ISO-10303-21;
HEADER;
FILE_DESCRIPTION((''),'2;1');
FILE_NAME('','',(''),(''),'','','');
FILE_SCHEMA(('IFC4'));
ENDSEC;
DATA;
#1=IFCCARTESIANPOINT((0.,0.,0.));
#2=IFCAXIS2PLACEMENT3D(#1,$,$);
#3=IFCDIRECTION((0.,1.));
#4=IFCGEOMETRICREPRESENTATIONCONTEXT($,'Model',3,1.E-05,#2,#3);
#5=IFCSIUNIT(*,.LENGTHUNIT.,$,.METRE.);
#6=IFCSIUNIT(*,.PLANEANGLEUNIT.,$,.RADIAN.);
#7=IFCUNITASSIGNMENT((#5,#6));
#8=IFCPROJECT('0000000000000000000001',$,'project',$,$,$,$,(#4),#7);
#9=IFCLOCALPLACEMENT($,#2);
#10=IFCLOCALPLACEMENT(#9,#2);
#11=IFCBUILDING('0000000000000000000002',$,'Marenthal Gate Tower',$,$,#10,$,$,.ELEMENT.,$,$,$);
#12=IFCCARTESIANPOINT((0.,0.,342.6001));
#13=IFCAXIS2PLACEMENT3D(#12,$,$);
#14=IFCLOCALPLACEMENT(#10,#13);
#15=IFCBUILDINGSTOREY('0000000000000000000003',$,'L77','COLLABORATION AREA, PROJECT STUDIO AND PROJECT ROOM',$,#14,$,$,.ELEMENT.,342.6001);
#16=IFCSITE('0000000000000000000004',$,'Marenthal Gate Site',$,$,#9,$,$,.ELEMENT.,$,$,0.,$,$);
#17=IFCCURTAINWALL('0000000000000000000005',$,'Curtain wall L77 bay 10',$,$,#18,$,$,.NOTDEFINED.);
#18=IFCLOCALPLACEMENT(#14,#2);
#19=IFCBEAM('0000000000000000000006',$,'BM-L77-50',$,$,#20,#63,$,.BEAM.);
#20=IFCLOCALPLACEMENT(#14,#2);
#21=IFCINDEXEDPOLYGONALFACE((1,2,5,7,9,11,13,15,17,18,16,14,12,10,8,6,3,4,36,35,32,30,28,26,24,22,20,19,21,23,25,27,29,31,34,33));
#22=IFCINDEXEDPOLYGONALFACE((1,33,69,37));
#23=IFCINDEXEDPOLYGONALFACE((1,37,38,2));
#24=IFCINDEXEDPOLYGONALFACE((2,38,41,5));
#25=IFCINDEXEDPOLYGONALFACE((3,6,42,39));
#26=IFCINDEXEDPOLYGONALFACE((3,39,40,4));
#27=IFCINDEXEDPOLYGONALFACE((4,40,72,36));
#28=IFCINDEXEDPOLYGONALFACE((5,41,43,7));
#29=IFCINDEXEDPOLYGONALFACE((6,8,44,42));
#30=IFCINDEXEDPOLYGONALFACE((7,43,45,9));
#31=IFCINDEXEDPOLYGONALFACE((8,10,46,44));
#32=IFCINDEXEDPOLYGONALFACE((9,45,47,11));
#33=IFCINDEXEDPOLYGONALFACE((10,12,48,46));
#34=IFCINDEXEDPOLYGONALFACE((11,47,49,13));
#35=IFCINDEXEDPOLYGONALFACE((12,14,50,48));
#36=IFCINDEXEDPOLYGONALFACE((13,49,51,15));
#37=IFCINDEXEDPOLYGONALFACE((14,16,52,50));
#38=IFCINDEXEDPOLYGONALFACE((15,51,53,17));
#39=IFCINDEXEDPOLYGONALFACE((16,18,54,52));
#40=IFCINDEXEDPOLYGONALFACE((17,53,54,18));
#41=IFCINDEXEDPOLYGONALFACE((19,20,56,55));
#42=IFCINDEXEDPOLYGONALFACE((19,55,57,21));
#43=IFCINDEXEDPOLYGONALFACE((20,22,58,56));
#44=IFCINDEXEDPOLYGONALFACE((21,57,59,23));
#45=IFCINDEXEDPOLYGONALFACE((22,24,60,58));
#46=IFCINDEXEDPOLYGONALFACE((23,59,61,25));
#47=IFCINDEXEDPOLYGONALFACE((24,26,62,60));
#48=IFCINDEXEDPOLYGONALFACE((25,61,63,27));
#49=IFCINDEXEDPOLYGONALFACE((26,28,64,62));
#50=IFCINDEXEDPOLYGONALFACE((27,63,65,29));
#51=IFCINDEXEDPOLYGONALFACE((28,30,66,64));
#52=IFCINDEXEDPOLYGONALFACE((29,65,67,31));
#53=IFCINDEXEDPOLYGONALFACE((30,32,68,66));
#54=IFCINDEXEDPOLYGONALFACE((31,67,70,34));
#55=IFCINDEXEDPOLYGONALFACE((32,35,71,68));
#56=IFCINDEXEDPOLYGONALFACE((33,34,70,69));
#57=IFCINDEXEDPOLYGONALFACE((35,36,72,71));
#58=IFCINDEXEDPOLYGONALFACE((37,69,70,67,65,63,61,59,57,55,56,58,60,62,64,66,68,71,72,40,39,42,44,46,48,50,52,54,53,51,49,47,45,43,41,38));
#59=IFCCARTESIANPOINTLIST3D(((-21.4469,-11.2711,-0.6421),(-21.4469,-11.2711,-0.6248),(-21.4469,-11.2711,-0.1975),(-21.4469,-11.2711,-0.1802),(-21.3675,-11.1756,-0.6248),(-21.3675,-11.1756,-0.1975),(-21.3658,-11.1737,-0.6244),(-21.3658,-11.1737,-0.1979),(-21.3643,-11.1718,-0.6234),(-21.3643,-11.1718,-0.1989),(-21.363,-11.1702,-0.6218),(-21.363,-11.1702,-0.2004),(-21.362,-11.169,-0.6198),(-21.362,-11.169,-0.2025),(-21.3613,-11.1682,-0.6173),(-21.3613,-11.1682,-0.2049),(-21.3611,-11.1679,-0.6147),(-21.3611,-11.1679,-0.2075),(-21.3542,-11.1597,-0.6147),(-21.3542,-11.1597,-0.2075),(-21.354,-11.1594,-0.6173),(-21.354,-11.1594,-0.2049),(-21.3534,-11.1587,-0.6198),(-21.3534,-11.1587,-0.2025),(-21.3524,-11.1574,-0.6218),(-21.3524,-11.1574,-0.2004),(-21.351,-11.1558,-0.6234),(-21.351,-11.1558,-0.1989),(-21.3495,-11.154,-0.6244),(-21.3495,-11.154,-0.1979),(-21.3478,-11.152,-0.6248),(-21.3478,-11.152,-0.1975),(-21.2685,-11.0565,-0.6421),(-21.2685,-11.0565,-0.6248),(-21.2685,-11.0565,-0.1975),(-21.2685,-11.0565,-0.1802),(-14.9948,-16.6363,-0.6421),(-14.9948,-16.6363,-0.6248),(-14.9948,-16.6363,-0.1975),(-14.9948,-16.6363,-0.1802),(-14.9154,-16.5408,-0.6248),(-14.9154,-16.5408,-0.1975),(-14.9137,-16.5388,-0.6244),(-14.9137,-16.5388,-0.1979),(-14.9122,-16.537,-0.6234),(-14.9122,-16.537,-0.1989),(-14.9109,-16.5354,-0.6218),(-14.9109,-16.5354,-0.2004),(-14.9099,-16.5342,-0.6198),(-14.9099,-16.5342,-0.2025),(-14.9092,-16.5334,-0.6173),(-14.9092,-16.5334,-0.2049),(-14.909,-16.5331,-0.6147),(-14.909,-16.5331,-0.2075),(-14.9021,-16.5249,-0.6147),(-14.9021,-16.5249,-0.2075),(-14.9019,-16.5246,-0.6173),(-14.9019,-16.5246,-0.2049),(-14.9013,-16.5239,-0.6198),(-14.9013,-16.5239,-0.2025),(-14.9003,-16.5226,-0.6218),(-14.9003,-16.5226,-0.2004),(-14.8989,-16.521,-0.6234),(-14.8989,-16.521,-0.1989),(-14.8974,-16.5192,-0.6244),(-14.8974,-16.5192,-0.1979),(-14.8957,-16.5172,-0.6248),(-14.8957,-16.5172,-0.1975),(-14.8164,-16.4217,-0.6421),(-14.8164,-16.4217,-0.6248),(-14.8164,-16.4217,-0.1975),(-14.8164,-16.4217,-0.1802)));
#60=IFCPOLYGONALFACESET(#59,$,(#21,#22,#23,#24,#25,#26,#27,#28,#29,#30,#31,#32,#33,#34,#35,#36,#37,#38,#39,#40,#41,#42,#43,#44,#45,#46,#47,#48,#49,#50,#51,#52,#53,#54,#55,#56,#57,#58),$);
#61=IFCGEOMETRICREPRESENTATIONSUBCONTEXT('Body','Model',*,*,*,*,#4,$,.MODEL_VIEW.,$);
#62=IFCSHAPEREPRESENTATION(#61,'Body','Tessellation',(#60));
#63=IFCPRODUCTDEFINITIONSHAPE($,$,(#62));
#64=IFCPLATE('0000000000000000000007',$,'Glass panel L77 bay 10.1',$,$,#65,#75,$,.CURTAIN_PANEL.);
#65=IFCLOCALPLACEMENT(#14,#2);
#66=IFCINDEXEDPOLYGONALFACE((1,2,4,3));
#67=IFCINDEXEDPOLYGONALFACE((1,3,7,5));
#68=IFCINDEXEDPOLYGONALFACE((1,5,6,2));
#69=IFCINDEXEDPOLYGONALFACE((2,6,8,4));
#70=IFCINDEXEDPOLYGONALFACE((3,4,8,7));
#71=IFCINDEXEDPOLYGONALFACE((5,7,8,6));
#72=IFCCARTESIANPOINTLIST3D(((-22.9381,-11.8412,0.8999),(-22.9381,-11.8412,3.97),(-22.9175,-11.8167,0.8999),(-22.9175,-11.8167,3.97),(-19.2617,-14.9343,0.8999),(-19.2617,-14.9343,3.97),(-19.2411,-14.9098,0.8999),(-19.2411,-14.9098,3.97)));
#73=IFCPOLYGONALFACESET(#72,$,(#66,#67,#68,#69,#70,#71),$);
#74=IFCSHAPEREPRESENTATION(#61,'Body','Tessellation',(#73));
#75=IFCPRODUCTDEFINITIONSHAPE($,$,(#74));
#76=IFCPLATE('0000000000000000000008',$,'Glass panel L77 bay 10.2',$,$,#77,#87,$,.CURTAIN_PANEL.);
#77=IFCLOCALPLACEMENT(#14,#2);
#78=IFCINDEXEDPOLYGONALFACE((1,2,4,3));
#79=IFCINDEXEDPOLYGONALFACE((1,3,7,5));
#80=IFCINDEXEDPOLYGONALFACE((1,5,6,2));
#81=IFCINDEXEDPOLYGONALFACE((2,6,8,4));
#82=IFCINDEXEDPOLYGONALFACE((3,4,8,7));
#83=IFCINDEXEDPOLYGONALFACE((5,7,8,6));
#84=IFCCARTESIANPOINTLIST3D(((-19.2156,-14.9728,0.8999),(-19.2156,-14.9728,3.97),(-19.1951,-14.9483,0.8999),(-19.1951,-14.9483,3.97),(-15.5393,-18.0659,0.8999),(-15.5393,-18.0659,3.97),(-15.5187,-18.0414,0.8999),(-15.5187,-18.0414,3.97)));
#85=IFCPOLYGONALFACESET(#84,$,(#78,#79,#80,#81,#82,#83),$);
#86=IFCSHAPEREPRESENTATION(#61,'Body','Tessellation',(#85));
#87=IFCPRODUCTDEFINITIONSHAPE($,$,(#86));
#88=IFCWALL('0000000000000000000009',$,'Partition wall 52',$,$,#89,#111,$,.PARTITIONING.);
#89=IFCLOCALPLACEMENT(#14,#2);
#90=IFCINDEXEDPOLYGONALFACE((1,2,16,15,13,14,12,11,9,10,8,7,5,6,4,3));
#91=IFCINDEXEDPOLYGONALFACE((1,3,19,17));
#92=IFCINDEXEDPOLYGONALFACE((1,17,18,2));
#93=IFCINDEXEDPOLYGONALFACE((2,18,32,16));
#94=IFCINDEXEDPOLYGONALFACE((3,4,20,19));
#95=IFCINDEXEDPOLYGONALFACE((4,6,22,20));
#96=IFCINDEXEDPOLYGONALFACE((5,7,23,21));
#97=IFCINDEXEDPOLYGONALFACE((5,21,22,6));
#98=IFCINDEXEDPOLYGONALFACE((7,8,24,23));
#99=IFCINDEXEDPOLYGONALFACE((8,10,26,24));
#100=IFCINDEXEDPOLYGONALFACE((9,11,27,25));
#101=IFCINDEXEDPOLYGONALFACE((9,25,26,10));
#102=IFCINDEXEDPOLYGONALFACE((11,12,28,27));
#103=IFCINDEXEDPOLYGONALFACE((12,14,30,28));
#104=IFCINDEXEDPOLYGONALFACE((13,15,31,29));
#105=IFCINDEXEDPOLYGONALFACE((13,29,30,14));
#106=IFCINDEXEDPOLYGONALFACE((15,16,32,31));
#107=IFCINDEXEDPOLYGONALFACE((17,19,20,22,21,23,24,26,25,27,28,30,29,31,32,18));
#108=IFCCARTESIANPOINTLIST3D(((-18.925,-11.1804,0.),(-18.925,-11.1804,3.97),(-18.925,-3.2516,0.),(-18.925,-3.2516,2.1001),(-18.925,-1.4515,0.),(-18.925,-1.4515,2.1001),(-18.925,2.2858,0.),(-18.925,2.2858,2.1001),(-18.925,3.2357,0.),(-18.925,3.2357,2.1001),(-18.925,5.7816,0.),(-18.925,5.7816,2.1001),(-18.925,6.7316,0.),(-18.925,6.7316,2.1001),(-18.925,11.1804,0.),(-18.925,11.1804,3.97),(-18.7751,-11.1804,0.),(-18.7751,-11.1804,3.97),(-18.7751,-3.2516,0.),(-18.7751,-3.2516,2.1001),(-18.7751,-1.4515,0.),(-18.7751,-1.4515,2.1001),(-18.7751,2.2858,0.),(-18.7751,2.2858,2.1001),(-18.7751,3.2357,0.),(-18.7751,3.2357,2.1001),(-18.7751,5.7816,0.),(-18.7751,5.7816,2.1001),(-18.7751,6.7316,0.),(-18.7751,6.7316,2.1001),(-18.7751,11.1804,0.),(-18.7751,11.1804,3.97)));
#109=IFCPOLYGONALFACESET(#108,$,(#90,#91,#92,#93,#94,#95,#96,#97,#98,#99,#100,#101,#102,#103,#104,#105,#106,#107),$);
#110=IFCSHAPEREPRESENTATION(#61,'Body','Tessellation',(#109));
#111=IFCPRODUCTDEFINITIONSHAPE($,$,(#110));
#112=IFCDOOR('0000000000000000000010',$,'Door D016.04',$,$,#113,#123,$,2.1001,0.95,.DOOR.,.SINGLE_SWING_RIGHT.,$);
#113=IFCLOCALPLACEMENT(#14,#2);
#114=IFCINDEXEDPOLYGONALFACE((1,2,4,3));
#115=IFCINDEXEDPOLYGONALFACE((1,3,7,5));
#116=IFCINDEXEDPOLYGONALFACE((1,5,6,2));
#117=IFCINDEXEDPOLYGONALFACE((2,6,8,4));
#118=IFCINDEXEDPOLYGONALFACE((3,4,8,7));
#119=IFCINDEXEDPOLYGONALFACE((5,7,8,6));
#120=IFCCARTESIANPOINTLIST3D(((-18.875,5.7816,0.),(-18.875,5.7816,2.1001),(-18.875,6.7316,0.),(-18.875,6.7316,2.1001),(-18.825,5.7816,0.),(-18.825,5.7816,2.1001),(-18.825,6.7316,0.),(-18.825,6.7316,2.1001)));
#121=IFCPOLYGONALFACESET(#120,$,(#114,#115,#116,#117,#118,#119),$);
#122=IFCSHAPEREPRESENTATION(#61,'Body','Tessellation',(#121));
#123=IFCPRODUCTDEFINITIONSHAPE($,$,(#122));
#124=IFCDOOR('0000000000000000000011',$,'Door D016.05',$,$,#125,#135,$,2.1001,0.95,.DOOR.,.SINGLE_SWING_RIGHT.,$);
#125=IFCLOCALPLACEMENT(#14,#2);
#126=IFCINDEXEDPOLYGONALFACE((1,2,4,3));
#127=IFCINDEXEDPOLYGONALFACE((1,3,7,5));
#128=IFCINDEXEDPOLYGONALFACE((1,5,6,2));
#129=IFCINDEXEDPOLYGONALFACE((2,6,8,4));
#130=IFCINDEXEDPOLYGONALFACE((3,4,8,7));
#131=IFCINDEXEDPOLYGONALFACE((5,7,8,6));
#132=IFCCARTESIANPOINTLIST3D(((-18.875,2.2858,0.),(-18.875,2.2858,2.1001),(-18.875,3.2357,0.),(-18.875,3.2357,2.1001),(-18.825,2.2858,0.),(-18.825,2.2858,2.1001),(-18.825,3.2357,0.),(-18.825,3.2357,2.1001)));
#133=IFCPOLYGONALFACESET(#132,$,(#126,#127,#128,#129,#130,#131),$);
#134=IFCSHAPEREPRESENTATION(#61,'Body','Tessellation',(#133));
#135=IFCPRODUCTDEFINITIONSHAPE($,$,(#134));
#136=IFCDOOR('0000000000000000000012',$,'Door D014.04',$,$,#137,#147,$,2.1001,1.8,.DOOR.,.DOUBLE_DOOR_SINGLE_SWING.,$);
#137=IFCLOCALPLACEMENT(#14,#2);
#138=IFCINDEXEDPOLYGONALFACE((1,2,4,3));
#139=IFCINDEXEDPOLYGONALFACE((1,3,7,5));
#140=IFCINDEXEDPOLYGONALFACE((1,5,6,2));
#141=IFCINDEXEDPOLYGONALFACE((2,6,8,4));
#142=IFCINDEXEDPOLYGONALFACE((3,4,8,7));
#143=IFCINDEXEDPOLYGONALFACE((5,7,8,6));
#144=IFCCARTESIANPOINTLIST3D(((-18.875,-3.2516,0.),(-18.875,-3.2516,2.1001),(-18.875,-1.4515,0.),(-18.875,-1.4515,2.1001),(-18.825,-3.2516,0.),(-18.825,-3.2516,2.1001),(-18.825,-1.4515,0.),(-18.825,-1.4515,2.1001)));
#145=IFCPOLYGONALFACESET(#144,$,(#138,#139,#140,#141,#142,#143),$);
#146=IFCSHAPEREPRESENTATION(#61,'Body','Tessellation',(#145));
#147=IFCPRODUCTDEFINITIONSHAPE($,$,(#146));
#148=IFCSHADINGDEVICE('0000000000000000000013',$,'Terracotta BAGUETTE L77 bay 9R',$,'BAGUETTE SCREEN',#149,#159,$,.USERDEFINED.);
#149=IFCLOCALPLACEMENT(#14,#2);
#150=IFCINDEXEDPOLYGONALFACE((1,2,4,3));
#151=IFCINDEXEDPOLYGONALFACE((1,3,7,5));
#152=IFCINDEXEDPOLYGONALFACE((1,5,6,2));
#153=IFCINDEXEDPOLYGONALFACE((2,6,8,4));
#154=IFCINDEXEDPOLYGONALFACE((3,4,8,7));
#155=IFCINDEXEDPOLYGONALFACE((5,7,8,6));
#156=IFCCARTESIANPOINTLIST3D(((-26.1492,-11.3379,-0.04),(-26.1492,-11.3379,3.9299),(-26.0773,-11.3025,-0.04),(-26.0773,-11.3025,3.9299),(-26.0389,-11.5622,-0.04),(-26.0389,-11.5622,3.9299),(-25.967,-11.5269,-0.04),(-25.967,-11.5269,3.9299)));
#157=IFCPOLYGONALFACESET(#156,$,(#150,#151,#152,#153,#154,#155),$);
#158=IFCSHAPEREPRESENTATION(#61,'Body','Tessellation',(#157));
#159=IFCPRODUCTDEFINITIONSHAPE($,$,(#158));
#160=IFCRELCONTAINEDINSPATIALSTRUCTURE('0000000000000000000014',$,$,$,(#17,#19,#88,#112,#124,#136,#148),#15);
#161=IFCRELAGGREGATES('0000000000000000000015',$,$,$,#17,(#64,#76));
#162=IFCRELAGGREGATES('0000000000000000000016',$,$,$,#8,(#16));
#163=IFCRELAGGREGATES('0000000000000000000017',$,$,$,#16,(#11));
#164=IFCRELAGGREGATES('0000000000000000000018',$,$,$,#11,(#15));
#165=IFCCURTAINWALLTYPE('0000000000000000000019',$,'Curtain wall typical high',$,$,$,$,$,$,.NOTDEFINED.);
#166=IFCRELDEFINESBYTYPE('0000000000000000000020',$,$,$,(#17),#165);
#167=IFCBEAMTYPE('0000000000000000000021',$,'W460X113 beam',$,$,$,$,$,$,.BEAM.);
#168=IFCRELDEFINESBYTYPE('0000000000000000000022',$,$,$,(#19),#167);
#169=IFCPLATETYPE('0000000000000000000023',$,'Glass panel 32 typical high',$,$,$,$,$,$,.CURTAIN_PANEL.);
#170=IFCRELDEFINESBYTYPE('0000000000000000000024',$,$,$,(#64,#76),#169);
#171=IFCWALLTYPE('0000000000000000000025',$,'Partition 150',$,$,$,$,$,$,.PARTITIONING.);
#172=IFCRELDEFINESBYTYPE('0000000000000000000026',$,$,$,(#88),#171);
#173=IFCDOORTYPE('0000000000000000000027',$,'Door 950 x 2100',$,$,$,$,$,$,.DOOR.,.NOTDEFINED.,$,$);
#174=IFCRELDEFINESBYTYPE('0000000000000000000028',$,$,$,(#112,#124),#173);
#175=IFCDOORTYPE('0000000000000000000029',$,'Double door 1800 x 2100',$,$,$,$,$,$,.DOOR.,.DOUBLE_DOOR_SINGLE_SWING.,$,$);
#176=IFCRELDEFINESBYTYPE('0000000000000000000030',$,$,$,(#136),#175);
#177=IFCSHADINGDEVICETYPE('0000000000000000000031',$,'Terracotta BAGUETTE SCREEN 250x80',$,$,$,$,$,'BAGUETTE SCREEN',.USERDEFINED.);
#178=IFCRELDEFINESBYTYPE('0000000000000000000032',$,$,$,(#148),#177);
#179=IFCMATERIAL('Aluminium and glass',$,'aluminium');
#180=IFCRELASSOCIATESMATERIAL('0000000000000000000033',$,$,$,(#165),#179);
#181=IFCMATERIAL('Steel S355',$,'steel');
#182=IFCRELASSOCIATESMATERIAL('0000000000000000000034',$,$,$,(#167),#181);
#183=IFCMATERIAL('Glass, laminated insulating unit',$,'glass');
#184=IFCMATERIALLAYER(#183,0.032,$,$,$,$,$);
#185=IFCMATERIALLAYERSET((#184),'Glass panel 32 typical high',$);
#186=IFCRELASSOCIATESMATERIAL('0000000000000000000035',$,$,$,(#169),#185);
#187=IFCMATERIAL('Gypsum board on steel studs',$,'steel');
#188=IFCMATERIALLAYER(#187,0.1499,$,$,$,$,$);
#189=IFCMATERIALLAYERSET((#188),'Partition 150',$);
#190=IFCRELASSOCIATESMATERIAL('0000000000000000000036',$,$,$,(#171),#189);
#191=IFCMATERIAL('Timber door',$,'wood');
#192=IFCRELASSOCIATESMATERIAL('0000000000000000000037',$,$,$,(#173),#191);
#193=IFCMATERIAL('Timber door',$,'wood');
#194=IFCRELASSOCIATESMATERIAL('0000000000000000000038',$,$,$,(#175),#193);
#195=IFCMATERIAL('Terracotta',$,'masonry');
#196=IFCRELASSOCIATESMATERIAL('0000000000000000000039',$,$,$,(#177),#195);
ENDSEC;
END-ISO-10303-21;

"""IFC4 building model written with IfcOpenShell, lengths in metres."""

from ifc_helpers import new_model, si_unit, direction, frame, frame_2d, origin, origin_2d, place, context, subcontext, project, spatial, rectangle, i_section, extrude, material, layer, layer_set, material_profile, profile_set, type_object, element, fill, aggregate, save


model = new_model("IFC4")

# Units and contexts
model_context = context("Model", 3, precision=1e-05, world=origin(), true_north=direction((0.0, 1.0)))
body_context = subcontext(model_context, "Body", "Model", "MODEL_VIEW")
ifc_project = project(units=[si_unit("LENGTHUNIT", "METRE"), si_unit("PLANEANGLEUNIT", "RADIAN")], contexts=[model_context])

# Site, building, storey
site_placement = place(None, origin())
site = spatial("IfcSite", under=ifc_project, at=site_placement, Name="Marenthal Gate Site", CompositionType="ELEMENT", RefElevation=0.0)
building_placement = place(site_placement, origin())
building = spatial("IfcBuilding", under=site, at=building_placement, Name="Marenthal Gate Tower", CompositionType="ELEMENT")
storey_placement = place(building_placement, frame((0.0, 0.0, 342.6001)))
storey = spatial("IfcBuildingStorey", under=building, at=storey_placement, Name="L77", Description="COLLABORATION AREA, PROJECT STUDIO AND PROJECT ROOM", CompositionType="ELEMENT", Elevation=342.6001)

# Curtain wall
ifc_material_1 = material(Name="Aluminium and glass", Category="aluminium")
curtain_wall_type = type_object("IfcCurtainWallType", Name="Curtain wall typical high", PredefinedType="NOTDEFINED", material=ifc_material_1)
curtain_wall_placement = place(storey_placement, origin())
curtain_wall = element("IfcCurtainWall", 1, at=curtain_wall_placement, inside=storey, type_object=curtain_wall_type, Name="Curtain wall L77 bay 10", PredefinedType="NOTDEFINED")

# Beam
ifc_material_2 = material(Name="Steel S355", Category="steel")
ifc_material_profile_1 = material_profile(ifc_material_2, i_section(OverallWidth=0.2791, OverallDepth=0.4619, WebThickness=0.0107, FlangeThickness=0.0173, FilletRadius=0.01, at=origin_2d()), Name="W460X113")
ifc_profile_set_1 = profile_set([ifc_material_profile_1], Name="Steel S355")
beam_type_1 = type_object("IfcBeamType", Name="W460X113 beam", PredefinedType="BEAM", material=ifc_profile_set_1)
beam_1_placement = place(storey_placement, frame((-21.3577, -11.1638, -0.4111), z_axis=(0.768898, -0.639371, 0.0), x_axis=(0.639371, 0.768898, 0.0)))
element("IfcBeam", 2, at=beam_1_placement, inside=storey, type_object=beam_type_1, Name="BM-L77-50", PredefinedType="BEAM", context=body_context, shape_type="SweptSolid", body=[
    extrude(i_section(OverallWidth=0.2791, OverallDepth=0.4619, WebThickness=0.0107, FlangeThickness=0.0173, FilletRadius=0.01, at=origin_2d()), origin(), (0.0, 0.0, 1.0), 8.3914),
])

# Plates
ifc_material_3 = material(Name="Glass, laminated insulating unit", Category="glass")
ifc_layer_1 = layer(ifc_material_3, 0.032)
ifc_layer_set_1 = layer_set([ifc_layer_1], Name="Glass panel 32 typical high")
plate_type = type_object("IfcPlateType", Name="Glass panel 32 typical high", PredefinedType="CURTAIN_PANEL", material=ifc_layer_set_1)
plate_1_placement = place(storey_placement, frame((-21.0896, -13.3755, 0.8999), z_axis=(0.0, 0.0, 1.0), x_axis=(0.765193, -0.643801, 0.0)))
plate_1 = element("IfcPlate", 3, at=plate_1_placement, type_object=plate_type, Name="Glass panel L77 bay 10.1", PredefinedType="CURTAIN_PANEL", context=body_context, shape_type="SweptSolid", body=[
    extrude(rectangle(XDim=4.8044, YDim=0.032, at=origin_2d()), origin(), (0.0, 0.0, 1.0), 3.0701),
])
plate_2_placement = place(storey_placement, frame((-17.3672, -16.5071, 0.8999), z_axis=(0.0, 0.0, 1.0), x_axis=(0.765193, -0.643801, 0.0)))
plate_2 = element("IfcPlate", 4, at=plate_2_placement, type_object=plate_type, Name="Glass panel L77 bay 10.2", PredefinedType="CURTAIN_PANEL", context=body_context, shape_type="SweptSolid", body=[
    extrude(rectangle(XDim=4.8044, YDim=0.032, at=origin_2d()), origin(), (0.0, 0.0, 1.0), 3.0701),
])
aggregate(curtain_wall, [plate_1, plate_2])

# Wall, openings, doors
ifc_material_4 = material(Name="Gypsum board on steel studs", Category="steel")
ifc_layer_2 = layer(ifc_material_4, 0.1499)
ifc_layer_set_2 = layer_set([ifc_layer_2], Name="Partition 150")
wall_type_1 = type_object("IfcWallType", Name="Partition 150", PredefinedType="PARTITIONING", material=ifc_layer_set_2)
wall_1_placement = place(storey_placement, frame((-18.8501, -11.1804, 0.0), z_axis=(0.0, 0.0, 1.0), x_axis=(0.0, 1.0, 0.0)))
wall_1 = element("IfcWall", 5, at=wall_1_placement, inside=storey, type_object=wall_type_1, Name="Partition wall 52", PredefinedType="PARTITIONING", context=body_context, shape_type="SweptSolid", body=[
    extrude(rectangle(XDim=22.3608, YDim=0.1499, at=frame_2d((11.1804, 0.0))), origin(), (0.0, 0.0, 1.0), 3.97),
])
opening_1_placement = place(wall_1_placement, frame((16.9619, 0.0, 0.0)))
opening_1 = element("IfcOpeningElement", 6, at=opening_1_placement, cuts=wall_1, PredefinedType="OPENING", context=body_context, shape_type="SweptSolid", body=[
    extrude(rectangle(XDim=0.95, YDim=2.1001, at=frame_2d((0.4751, 1.05))), frame((0.0, 0.085, 0.0), z_axis=(0.0, -1.0, 0.0), x_axis=(1.0, 0.0, 0.0)), (0.0, 0.0, 1.0), 0.1699),
])
opening_2_placement = place(wall_1_placement, frame((13.4661, 0.0, 0.0)))
opening_2 = element("IfcOpeningElement", 7, at=opening_2_placement, cuts=wall_1, PredefinedType="OPENING", context=body_context, shape_type="SweptSolid", body=[
    extrude(rectangle(XDim=0.95, YDim=2.1001, at=frame_2d((0.4751, 1.05))), frame((0.0, 0.085, 0.0), z_axis=(0.0, -1.0, 0.0), x_axis=(1.0, 0.0, 0.0)), (0.0, 0.0, 1.0), 0.1699),
])
opening_3_placement = place(wall_1_placement, frame((7.929, 0.0, 0.0)))
opening_3 = element("IfcOpeningElement", 8, at=opening_3_placement, cuts=wall_1, PredefinedType="OPENING", context=body_context, shape_type="SweptSolid", body=[
    extrude(rectangle(XDim=1.8, YDim=2.1001, at=frame_2d((0.8999, 1.05))), frame((0.0, 0.085, 0.0), z_axis=(0.0, -1.0, 0.0), x_axis=(1.0, 0.0, 0.0)), (0.0, 0.0, 1.0), 0.1699),
])
ifc_material_5 = material(Name="Timber door", Category="wood")
door_type_1 = type_object("IfcDoorType", Name="Door 950 x 2100", OperationType="NOTDEFINED", PredefinedType="DOOR", material=ifc_material_5)
door_1_placement = place(opening_1_placement, origin())
door_1 = element("IfcDoor", 9, at=door_1_placement, inside=storey, type_object=door_type_1, Name="Door D016.04", OperationType="SINGLE_SWING_RIGHT", OverallHeight=2.1001, OverallWidth=0.95, PredefinedType="DOOR", context=body_context, shape_type="SweptSolid", body=[
    extrude(rectangle(XDim=0.95, YDim=2.1001, at=frame_2d((0.4751, 1.05))), frame((0.0, 0.0249, 0.0), z_axis=(0.0, -1.0, 0.0), x_axis=(1.0, 0.0, 0.0)), (0.0, 0.0, 1.0), 0.05),
])
fill(opening_1, door_1)
door_2_placement = place(opening_2_placement, origin())
door_2 = element("IfcDoor", 10, at=door_2_placement, inside=storey, type_object=door_type_1, Name="Door D016.05", OperationType="SINGLE_SWING_RIGHT", OverallHeight=2.1001, OverallWidth=0.95, PredefinedType="DOOR", context=body_context, shape_type="SweptSolid", body=[
    extrude(rectangle(XDim=0.95, YDim=2.1001, at=frame_2d((0.4751, 1.05))), frame((0.0, 0.0249, 0.0), z_axis=(0.0, -1.0, 0.0), x_axis=(1.0, 0.0, 0.0)), (0.0, 0.0, 1.0), 0.05),
])
fill(opening_2, door_2)
ifc_material_6 = material(Name="Timber door", Category="wood")
door_type_2 = type_object("IfcDoorType", Name="Double door 1800 x 2100", OperationType="DOUBLE_DOOR_SINGLE_SWING", PredefinedType="DOOR", material=ifc_material_6)
door_3_placement = place(opening_3_placement, origin())
door_3 = element("IfcDoor", 11, at=door_3_placement, inside=storey, type_object=door_type_2, Name="Door D014.04", OperationType="DOUBLE_DOOR_SINGLE_SWING", OverallHeight=2.1001, OverallWidth=1.8, PredefinedType="DOOR", context=body_context, shape_type="SweptSolid", body=[
    extrude(rectangle(XDim=1.8, YDim=2.1001, at=frame_2d((0.8999, 1.05))), frame((0.0, 0.0249, 0.0), z_axis=(0.0, -1.0, 0.0), x_axis=(1.0, 0.0, 0.0)), (0.0, 0.0, 1.0), 0.05),
])
fill(opening_3, door_3)

# Shading device
ifc_material_7 = material(Name="Terracotta", Category="masonry")
ifc_material_profile_2 = material_profile(ifc_material_7, rectangle(XDim=0.25, YDim=0.0801, at=origin_2d()), Name="Terracotta baguette 250x80")
ifc_profile_set_2 = profile_set([ifc_material_profile_2], Name="Terracotta")
shading_device_type = type_object("IfcShadingDeviceType", Name="Terracotta BAGUETTE SCREEN 250x80", ElementType="BAGUETTE SCREEN", PredefinedType="USERDEFINED", material=ifc_profile_set_2)
shading_device_placement = place(storey_placement, frame((-26.0581, -11.4324, -0.04), z_axis=(0.0, 0.0, 1.0), x_axis=(0.441298, -0.897361, 0.0)))
element("IfcShadingDevice", 12, at=shading_device_placement, inside=storey, type_object=shading_device_type, Name="Terracotta BAGUETTE L77 bay 9R", ObjectType="BAGUETTE SCREEN", PredefinedType="USERDEFINED", context=body_context, shape_type="SweptSolid", body=[
    extrude(rectangle(XDim=0.25, YDim=0.0801, at=origin_2d()), origin(), (0.0, 0.0, 1.0), 3.97),
])

save(model, "model.ifc")
